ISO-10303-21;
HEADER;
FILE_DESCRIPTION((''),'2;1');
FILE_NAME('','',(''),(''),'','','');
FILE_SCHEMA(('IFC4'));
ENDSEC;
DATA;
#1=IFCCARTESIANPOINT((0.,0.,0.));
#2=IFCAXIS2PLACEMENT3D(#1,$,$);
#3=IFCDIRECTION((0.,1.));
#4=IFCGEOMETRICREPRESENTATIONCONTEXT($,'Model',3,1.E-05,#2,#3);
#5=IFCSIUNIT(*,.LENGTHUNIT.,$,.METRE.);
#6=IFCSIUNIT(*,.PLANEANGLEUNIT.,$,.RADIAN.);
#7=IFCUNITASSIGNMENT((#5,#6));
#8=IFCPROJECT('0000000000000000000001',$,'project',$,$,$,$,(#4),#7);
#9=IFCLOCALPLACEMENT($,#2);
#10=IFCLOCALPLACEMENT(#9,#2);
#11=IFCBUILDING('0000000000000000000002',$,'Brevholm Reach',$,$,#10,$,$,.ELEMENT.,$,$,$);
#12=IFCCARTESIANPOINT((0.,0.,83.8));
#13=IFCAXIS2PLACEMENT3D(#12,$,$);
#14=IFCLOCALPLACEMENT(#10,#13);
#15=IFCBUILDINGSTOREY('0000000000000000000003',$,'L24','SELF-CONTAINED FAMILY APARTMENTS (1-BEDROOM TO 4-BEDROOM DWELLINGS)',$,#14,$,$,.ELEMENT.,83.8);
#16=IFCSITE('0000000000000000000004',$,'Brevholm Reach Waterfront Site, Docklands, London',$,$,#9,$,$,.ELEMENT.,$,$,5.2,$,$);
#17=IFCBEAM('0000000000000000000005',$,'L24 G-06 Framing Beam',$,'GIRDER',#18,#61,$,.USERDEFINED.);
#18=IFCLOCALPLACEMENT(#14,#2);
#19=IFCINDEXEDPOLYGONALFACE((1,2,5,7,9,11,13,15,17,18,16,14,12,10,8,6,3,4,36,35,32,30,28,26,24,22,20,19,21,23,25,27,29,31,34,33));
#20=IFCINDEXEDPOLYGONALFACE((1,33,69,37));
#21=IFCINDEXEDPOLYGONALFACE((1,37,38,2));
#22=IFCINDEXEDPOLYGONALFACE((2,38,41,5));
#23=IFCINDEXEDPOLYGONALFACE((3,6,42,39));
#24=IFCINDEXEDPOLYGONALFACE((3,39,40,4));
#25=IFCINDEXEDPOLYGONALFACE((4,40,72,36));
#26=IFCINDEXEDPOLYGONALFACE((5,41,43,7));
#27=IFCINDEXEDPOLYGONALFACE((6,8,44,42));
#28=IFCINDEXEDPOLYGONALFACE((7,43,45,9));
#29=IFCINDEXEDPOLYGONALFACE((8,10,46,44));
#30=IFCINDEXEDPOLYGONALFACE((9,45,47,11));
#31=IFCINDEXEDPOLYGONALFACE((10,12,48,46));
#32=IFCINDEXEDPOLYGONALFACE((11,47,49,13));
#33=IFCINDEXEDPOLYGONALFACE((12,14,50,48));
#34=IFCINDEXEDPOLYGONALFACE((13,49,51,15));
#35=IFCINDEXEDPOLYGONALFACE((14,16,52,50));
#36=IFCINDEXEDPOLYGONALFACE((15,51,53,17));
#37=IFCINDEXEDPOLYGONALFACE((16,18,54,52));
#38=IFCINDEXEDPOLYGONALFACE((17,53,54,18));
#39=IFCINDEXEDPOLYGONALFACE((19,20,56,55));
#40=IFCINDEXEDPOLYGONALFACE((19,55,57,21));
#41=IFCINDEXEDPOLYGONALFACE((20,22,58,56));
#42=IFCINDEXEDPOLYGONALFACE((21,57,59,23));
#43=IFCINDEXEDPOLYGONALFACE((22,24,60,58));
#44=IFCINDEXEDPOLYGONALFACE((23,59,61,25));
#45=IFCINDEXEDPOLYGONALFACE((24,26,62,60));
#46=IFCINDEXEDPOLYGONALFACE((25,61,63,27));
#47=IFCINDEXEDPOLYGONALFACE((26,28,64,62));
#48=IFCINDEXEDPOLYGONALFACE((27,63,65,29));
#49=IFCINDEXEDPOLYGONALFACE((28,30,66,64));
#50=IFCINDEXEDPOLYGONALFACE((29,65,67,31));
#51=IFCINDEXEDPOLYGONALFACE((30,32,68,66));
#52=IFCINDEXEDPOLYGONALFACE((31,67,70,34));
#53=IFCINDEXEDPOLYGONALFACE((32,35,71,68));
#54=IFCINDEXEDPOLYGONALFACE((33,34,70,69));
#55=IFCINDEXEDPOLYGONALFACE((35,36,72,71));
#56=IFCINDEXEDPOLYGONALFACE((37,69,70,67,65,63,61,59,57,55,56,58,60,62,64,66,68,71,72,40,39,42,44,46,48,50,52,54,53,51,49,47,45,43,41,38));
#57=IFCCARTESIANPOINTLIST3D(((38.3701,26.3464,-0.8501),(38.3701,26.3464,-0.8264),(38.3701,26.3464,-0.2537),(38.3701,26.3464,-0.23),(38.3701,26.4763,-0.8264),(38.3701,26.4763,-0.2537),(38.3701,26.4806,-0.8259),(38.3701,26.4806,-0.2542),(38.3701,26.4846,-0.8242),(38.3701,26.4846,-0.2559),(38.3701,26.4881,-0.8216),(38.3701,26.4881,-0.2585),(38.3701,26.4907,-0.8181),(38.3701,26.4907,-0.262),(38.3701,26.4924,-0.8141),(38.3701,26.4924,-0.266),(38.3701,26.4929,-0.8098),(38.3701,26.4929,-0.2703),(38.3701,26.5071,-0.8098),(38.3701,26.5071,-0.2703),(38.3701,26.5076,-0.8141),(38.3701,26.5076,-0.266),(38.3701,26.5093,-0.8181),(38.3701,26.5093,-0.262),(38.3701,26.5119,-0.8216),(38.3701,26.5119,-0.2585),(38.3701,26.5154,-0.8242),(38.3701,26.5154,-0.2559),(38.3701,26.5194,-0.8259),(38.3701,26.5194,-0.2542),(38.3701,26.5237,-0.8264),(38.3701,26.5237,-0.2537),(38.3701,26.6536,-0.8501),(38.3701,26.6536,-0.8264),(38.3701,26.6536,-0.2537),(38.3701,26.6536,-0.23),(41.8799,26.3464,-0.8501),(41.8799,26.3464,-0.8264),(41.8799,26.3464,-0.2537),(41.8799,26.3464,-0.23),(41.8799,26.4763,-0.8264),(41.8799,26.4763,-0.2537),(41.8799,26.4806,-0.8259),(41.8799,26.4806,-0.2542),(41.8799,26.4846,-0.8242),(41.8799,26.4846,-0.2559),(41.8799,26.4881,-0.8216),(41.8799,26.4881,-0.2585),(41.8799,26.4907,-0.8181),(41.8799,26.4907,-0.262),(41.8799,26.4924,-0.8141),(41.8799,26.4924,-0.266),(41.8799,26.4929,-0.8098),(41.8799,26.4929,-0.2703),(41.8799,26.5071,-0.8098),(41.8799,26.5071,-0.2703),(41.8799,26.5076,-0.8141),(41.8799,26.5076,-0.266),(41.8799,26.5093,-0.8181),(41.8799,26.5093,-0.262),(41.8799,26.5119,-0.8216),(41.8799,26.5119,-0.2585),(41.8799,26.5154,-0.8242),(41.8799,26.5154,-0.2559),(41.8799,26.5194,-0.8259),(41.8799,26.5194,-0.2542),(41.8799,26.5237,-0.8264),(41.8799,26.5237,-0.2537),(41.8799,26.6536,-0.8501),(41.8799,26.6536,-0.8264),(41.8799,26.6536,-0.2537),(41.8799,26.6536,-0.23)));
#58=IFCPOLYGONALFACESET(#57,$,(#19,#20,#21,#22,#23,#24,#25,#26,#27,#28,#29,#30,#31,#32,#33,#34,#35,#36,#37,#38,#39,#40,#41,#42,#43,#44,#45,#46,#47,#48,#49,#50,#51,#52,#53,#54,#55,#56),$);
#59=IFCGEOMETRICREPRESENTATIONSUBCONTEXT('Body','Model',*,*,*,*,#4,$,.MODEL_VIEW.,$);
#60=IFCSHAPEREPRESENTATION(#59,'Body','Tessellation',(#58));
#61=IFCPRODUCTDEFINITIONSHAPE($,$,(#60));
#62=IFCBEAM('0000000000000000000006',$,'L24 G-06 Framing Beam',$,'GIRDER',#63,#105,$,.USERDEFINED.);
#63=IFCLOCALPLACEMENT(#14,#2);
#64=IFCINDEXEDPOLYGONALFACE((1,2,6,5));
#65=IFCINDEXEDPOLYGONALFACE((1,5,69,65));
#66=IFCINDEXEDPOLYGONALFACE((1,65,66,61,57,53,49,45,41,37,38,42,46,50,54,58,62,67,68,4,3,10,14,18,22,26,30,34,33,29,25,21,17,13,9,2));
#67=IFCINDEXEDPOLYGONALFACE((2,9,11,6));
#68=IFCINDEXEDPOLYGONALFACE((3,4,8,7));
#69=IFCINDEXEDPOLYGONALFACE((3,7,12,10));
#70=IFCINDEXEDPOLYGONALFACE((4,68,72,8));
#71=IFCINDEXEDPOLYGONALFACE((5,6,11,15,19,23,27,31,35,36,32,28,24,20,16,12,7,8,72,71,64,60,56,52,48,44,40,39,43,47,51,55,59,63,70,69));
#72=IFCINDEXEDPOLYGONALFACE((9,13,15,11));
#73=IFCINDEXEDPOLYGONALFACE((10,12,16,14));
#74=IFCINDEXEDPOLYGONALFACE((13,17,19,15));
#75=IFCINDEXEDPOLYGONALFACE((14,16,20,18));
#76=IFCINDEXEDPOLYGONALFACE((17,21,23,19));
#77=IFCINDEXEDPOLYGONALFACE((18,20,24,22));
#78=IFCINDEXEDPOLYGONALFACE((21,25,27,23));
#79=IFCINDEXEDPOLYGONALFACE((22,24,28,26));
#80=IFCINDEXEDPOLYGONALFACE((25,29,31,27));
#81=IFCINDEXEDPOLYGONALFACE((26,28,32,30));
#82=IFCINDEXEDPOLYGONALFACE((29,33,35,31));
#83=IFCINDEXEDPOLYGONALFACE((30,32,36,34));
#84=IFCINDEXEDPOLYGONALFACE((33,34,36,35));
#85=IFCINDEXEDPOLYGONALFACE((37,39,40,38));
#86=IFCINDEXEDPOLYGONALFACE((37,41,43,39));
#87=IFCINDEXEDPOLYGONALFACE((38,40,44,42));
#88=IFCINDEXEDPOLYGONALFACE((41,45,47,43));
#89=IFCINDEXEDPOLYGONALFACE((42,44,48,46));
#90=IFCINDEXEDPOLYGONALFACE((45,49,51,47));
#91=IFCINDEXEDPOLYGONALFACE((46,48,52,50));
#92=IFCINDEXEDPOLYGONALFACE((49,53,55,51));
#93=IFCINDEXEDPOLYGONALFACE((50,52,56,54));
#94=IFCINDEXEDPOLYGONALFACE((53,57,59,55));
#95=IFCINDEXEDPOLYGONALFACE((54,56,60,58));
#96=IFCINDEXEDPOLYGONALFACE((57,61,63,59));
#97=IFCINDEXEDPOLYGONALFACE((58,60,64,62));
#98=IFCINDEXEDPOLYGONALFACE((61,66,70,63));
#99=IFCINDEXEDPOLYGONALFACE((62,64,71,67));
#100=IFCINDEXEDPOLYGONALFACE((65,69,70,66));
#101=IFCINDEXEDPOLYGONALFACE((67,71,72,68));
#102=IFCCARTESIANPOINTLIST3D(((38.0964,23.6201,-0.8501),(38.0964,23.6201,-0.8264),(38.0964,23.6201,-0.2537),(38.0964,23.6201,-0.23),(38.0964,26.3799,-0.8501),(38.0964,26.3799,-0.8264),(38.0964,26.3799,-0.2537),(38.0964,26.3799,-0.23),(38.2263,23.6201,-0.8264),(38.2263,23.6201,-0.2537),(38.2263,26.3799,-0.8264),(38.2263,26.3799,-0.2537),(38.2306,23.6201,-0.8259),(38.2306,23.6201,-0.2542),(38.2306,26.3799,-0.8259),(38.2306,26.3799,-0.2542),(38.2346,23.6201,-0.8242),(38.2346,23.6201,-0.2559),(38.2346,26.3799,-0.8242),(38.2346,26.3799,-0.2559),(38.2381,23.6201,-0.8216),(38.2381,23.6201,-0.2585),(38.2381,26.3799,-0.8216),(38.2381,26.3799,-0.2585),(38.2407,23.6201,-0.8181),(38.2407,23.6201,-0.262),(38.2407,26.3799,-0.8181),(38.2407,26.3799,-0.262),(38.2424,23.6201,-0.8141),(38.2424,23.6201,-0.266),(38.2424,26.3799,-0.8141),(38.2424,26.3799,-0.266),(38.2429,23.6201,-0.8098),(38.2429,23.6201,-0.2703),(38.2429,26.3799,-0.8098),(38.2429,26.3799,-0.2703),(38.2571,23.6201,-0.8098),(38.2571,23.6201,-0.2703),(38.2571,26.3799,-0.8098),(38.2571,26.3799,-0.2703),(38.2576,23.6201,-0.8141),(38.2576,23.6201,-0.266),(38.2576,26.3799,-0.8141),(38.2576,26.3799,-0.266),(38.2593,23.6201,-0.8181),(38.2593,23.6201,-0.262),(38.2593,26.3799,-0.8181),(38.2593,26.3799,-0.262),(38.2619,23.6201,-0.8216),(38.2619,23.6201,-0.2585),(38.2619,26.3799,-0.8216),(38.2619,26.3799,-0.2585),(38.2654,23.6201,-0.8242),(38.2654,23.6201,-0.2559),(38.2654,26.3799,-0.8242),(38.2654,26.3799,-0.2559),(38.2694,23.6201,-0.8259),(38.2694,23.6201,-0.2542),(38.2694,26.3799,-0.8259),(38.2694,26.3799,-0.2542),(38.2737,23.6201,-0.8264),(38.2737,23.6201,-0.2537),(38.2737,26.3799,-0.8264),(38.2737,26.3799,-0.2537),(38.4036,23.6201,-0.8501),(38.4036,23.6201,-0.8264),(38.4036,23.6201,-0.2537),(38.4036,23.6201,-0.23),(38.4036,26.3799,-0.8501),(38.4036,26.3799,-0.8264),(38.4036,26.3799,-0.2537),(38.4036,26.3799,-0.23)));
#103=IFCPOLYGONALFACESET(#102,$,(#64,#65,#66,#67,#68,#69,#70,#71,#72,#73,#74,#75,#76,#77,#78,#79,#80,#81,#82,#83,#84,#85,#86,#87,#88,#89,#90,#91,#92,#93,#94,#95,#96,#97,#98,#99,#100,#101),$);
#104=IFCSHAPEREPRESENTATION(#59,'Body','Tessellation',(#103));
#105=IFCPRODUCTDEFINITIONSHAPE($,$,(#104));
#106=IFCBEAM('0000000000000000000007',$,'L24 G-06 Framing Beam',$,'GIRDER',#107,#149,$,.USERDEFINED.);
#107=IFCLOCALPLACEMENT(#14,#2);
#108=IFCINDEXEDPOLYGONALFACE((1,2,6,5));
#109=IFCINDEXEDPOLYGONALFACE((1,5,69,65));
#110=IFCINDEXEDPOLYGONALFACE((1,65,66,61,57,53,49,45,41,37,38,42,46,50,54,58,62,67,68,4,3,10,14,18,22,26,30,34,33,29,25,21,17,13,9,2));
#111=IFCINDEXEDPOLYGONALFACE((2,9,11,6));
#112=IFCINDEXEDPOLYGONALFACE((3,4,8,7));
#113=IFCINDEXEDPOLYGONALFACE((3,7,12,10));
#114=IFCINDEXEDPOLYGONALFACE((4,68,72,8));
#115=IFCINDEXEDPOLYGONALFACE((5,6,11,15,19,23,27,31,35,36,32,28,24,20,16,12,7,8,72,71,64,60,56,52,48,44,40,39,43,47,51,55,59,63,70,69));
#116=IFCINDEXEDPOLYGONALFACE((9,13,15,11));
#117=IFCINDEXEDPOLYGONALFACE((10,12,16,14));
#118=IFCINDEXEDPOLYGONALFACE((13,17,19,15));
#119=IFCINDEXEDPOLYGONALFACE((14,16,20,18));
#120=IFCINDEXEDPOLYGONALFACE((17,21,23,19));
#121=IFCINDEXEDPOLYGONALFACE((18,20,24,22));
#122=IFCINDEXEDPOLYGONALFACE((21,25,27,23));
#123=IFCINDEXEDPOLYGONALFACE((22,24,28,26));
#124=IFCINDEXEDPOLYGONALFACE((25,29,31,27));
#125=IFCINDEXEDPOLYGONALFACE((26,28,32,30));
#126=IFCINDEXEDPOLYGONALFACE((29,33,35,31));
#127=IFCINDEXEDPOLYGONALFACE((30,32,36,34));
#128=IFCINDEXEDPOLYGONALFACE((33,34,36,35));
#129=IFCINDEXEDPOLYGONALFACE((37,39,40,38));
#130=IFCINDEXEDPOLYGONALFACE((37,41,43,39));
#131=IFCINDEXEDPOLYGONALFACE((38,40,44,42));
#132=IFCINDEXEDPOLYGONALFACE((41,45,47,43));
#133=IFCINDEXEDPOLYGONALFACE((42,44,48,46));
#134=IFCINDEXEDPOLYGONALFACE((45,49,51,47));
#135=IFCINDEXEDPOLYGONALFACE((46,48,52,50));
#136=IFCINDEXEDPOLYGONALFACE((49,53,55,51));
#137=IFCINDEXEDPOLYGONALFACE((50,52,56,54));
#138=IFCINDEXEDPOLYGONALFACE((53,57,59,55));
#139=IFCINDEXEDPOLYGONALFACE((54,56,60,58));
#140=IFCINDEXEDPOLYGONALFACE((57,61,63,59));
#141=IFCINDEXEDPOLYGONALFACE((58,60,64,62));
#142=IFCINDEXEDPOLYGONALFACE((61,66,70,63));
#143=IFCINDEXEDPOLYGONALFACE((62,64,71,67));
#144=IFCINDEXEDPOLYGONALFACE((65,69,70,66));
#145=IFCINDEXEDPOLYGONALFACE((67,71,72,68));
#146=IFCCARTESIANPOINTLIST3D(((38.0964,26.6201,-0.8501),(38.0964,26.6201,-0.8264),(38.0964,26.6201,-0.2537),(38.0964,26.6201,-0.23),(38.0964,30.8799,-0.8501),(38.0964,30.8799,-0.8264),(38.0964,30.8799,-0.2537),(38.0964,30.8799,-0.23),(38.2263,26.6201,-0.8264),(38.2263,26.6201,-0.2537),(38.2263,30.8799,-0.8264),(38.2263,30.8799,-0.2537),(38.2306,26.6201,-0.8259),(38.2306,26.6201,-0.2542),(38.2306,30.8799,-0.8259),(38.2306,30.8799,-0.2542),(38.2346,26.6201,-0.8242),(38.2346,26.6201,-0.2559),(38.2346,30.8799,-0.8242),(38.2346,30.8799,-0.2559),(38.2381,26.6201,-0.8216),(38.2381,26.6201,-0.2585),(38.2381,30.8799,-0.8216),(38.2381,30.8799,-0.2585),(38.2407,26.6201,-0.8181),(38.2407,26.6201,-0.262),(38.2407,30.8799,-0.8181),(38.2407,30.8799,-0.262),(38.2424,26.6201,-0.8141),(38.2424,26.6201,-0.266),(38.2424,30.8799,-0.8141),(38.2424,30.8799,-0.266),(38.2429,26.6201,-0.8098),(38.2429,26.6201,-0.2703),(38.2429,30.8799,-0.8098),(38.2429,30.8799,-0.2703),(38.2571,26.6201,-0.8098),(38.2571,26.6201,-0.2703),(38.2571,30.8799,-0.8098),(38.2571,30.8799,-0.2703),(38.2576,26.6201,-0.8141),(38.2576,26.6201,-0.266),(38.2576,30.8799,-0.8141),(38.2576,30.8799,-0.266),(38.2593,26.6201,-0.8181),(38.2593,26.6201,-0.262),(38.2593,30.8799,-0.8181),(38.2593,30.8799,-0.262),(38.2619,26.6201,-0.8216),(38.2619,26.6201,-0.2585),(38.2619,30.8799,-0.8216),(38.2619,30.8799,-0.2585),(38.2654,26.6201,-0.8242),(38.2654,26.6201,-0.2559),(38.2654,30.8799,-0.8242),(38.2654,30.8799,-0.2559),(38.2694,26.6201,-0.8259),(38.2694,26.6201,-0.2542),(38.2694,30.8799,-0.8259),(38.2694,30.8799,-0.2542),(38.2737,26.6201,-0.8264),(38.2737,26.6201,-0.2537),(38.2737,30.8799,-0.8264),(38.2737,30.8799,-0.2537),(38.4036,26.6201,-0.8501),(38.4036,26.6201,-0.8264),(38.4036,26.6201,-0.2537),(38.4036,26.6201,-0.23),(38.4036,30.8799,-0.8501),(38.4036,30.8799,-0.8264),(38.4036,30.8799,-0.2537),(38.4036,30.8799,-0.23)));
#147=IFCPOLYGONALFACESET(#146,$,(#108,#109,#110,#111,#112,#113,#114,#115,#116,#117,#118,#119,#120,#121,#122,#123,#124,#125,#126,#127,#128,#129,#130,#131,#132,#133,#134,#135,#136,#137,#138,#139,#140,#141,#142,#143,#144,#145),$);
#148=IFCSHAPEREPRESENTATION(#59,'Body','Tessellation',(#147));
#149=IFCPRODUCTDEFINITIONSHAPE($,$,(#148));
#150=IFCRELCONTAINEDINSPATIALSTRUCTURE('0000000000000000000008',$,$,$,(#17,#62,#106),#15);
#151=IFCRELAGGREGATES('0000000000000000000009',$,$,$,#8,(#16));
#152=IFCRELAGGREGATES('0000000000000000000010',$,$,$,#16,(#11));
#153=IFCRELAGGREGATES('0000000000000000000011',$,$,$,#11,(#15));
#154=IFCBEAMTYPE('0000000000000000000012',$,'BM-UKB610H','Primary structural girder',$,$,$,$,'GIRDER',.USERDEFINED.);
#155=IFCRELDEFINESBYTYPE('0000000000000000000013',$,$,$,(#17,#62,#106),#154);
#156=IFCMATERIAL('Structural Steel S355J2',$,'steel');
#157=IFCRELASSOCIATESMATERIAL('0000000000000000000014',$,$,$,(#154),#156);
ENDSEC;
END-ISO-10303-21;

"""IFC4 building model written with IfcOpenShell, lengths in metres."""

from ifc_helpers import new_model, si_unit, direction, frame, origin, origin_2d, place, context, subcontext, project, spatial, i_section, extrude, material, material_profile, profile_set, type_object, element, save


model = new_model("IFC4")

# Units and contexts
model_context = context("Model", 3, precision=1e-05, world=origin(), true_north=direction((0.0, 1.0)))
body_context = subcontext(model_context, "Body", "Model", "MODEL_VIEW")
ifc_project = project(units=[si_unit("LENGTHUNIT", "METRE"), si_unit("PLANEANGLEUNIT", "RADIAN")], contexts=[model_context])

# Site, building, storey
site_placement = place(None, origin())
site = spatial("IfcSite", under=ifc_project, at=site_placement, Name="Brevholm Reach Waterfront Site, Docklands, London", CompositionType="ELEMENT", RefElevation=5.2)
building_placement = place(site_placement, origin())
building = spatial("IfcBuilding", under=site, at=building_placement, Name="Brevholm Reach", CompositionType="ELEMENT")
storey_placement = place(building_placement, frame((0.0, 0.0, 83.8)))
storey = spatial("IfcBuildingStorey", under=building, at=storey_placement, Name="L24", Description="SELF-CONTAINED FAMILY APARTMENTS (1-BEDROOM TO 4-BEDROOM DWELLINGS)", CompositionType="ELEMENT", Elevation=83.8)

# Beams
ifc_material_1 = material(Name="Structural Steel S355J2", Category="steel")
ifc_material_profile_1 = material_profile(ifc_material_1, i_section(OverallWidth=0.3071, OverallDepth=0.6201, WebThickness=0.0142, FlangeThickness=0.0237, FilletRadius=0.0166, at=origin_2d()), Name="UKB 610x305x179")
ifc_profile_set_1 = profile_set([ifc_material_profile_1], Name="Structural Steel S355J2")
beam_type_1 = type_object("IfcBeamType", Name="BM-UKB610H", Description="Primary structural girder", ElementType="GIRDER", PredefinedType="USERDEFINED", material=ifc_profile_set_1)
for number, where, z_axis, x_axis, name in (
    (1, (38.3701, 26.5, -0.54), (1.0, 0.0, 0.0), (0.0, 1.0, 0.0), "L24 G-06 Framing Beam"),
):
    element("IfcBeam", number, at=place(storey_placement, frame(where, z_axis=z_axis, x_axis=x_axis)), inside=storey, type_object=beam_type_1, Name=name, ObjectType="GIRDER", PredefinedType="USERDEFINED", context=body_context, shape_type="SweptSolid", body=[
        extrude(i_section(OverallWidth=0.3071, OverallDepth=0.6201, WebThickness=0.0142, FlangeThickness=0.0237, FilletRadius=0.0166, at=origin_2d()), origin(), (0.0, 0.0, 1.0), 3.5098),
    ])
beam_1_placement = place(storey_placement, frame((38.25, 23.6201, -0.54), z_axis=(0.0, 1.0, 0.0), x_axis=(-1.0, 0.0, 0.0)))
element("IfcBeam", 2, at=beam_1_placement, inside=storey, type_object=beam_type_1, Name="L24 G-06 Framing Beam", ObjectType="GIRDER", PredefinedType="USERDEFINED", context=body_context, shape_type="SweptSolid", body=[
    extrude(i_section(OverallWidth=0.3071, OverallDepth=0.6201, WebThickness=0.0142, FlangeThickness=0.0237, FilletRadius=0.0166, at=origin_2d()), origin(), (0.0, 0.0, 1.0), 2.7598),
])
beam_2_placement = place(storey_placement, frame((38.25, 26.6201, -0.54), z_axis=(0.0, 1.0, 0.0), x_axis=(-1.0, 0.0, 0.0)))
element("IfcBeam", 3, at=beam_2_placement, inside=storey, type_object=beam_type_1, Name="L24 G-06 Framing Beam", ObjectType="GIRDER", PredefinedType="USERDEFINED", context=body_context, shape_type="SweptSolid", body=[
    extrude(i_section(OverallWidth=0.3071, OverallDepth=0.6201, WebThickness=0.0142, FlangeThickness=0.0237, FilletRadius=0.0166, at=origin_2d()), origin(), (0.0, 0.0, 1.0), 4.2598),
])

save(model, "model.ifc")
